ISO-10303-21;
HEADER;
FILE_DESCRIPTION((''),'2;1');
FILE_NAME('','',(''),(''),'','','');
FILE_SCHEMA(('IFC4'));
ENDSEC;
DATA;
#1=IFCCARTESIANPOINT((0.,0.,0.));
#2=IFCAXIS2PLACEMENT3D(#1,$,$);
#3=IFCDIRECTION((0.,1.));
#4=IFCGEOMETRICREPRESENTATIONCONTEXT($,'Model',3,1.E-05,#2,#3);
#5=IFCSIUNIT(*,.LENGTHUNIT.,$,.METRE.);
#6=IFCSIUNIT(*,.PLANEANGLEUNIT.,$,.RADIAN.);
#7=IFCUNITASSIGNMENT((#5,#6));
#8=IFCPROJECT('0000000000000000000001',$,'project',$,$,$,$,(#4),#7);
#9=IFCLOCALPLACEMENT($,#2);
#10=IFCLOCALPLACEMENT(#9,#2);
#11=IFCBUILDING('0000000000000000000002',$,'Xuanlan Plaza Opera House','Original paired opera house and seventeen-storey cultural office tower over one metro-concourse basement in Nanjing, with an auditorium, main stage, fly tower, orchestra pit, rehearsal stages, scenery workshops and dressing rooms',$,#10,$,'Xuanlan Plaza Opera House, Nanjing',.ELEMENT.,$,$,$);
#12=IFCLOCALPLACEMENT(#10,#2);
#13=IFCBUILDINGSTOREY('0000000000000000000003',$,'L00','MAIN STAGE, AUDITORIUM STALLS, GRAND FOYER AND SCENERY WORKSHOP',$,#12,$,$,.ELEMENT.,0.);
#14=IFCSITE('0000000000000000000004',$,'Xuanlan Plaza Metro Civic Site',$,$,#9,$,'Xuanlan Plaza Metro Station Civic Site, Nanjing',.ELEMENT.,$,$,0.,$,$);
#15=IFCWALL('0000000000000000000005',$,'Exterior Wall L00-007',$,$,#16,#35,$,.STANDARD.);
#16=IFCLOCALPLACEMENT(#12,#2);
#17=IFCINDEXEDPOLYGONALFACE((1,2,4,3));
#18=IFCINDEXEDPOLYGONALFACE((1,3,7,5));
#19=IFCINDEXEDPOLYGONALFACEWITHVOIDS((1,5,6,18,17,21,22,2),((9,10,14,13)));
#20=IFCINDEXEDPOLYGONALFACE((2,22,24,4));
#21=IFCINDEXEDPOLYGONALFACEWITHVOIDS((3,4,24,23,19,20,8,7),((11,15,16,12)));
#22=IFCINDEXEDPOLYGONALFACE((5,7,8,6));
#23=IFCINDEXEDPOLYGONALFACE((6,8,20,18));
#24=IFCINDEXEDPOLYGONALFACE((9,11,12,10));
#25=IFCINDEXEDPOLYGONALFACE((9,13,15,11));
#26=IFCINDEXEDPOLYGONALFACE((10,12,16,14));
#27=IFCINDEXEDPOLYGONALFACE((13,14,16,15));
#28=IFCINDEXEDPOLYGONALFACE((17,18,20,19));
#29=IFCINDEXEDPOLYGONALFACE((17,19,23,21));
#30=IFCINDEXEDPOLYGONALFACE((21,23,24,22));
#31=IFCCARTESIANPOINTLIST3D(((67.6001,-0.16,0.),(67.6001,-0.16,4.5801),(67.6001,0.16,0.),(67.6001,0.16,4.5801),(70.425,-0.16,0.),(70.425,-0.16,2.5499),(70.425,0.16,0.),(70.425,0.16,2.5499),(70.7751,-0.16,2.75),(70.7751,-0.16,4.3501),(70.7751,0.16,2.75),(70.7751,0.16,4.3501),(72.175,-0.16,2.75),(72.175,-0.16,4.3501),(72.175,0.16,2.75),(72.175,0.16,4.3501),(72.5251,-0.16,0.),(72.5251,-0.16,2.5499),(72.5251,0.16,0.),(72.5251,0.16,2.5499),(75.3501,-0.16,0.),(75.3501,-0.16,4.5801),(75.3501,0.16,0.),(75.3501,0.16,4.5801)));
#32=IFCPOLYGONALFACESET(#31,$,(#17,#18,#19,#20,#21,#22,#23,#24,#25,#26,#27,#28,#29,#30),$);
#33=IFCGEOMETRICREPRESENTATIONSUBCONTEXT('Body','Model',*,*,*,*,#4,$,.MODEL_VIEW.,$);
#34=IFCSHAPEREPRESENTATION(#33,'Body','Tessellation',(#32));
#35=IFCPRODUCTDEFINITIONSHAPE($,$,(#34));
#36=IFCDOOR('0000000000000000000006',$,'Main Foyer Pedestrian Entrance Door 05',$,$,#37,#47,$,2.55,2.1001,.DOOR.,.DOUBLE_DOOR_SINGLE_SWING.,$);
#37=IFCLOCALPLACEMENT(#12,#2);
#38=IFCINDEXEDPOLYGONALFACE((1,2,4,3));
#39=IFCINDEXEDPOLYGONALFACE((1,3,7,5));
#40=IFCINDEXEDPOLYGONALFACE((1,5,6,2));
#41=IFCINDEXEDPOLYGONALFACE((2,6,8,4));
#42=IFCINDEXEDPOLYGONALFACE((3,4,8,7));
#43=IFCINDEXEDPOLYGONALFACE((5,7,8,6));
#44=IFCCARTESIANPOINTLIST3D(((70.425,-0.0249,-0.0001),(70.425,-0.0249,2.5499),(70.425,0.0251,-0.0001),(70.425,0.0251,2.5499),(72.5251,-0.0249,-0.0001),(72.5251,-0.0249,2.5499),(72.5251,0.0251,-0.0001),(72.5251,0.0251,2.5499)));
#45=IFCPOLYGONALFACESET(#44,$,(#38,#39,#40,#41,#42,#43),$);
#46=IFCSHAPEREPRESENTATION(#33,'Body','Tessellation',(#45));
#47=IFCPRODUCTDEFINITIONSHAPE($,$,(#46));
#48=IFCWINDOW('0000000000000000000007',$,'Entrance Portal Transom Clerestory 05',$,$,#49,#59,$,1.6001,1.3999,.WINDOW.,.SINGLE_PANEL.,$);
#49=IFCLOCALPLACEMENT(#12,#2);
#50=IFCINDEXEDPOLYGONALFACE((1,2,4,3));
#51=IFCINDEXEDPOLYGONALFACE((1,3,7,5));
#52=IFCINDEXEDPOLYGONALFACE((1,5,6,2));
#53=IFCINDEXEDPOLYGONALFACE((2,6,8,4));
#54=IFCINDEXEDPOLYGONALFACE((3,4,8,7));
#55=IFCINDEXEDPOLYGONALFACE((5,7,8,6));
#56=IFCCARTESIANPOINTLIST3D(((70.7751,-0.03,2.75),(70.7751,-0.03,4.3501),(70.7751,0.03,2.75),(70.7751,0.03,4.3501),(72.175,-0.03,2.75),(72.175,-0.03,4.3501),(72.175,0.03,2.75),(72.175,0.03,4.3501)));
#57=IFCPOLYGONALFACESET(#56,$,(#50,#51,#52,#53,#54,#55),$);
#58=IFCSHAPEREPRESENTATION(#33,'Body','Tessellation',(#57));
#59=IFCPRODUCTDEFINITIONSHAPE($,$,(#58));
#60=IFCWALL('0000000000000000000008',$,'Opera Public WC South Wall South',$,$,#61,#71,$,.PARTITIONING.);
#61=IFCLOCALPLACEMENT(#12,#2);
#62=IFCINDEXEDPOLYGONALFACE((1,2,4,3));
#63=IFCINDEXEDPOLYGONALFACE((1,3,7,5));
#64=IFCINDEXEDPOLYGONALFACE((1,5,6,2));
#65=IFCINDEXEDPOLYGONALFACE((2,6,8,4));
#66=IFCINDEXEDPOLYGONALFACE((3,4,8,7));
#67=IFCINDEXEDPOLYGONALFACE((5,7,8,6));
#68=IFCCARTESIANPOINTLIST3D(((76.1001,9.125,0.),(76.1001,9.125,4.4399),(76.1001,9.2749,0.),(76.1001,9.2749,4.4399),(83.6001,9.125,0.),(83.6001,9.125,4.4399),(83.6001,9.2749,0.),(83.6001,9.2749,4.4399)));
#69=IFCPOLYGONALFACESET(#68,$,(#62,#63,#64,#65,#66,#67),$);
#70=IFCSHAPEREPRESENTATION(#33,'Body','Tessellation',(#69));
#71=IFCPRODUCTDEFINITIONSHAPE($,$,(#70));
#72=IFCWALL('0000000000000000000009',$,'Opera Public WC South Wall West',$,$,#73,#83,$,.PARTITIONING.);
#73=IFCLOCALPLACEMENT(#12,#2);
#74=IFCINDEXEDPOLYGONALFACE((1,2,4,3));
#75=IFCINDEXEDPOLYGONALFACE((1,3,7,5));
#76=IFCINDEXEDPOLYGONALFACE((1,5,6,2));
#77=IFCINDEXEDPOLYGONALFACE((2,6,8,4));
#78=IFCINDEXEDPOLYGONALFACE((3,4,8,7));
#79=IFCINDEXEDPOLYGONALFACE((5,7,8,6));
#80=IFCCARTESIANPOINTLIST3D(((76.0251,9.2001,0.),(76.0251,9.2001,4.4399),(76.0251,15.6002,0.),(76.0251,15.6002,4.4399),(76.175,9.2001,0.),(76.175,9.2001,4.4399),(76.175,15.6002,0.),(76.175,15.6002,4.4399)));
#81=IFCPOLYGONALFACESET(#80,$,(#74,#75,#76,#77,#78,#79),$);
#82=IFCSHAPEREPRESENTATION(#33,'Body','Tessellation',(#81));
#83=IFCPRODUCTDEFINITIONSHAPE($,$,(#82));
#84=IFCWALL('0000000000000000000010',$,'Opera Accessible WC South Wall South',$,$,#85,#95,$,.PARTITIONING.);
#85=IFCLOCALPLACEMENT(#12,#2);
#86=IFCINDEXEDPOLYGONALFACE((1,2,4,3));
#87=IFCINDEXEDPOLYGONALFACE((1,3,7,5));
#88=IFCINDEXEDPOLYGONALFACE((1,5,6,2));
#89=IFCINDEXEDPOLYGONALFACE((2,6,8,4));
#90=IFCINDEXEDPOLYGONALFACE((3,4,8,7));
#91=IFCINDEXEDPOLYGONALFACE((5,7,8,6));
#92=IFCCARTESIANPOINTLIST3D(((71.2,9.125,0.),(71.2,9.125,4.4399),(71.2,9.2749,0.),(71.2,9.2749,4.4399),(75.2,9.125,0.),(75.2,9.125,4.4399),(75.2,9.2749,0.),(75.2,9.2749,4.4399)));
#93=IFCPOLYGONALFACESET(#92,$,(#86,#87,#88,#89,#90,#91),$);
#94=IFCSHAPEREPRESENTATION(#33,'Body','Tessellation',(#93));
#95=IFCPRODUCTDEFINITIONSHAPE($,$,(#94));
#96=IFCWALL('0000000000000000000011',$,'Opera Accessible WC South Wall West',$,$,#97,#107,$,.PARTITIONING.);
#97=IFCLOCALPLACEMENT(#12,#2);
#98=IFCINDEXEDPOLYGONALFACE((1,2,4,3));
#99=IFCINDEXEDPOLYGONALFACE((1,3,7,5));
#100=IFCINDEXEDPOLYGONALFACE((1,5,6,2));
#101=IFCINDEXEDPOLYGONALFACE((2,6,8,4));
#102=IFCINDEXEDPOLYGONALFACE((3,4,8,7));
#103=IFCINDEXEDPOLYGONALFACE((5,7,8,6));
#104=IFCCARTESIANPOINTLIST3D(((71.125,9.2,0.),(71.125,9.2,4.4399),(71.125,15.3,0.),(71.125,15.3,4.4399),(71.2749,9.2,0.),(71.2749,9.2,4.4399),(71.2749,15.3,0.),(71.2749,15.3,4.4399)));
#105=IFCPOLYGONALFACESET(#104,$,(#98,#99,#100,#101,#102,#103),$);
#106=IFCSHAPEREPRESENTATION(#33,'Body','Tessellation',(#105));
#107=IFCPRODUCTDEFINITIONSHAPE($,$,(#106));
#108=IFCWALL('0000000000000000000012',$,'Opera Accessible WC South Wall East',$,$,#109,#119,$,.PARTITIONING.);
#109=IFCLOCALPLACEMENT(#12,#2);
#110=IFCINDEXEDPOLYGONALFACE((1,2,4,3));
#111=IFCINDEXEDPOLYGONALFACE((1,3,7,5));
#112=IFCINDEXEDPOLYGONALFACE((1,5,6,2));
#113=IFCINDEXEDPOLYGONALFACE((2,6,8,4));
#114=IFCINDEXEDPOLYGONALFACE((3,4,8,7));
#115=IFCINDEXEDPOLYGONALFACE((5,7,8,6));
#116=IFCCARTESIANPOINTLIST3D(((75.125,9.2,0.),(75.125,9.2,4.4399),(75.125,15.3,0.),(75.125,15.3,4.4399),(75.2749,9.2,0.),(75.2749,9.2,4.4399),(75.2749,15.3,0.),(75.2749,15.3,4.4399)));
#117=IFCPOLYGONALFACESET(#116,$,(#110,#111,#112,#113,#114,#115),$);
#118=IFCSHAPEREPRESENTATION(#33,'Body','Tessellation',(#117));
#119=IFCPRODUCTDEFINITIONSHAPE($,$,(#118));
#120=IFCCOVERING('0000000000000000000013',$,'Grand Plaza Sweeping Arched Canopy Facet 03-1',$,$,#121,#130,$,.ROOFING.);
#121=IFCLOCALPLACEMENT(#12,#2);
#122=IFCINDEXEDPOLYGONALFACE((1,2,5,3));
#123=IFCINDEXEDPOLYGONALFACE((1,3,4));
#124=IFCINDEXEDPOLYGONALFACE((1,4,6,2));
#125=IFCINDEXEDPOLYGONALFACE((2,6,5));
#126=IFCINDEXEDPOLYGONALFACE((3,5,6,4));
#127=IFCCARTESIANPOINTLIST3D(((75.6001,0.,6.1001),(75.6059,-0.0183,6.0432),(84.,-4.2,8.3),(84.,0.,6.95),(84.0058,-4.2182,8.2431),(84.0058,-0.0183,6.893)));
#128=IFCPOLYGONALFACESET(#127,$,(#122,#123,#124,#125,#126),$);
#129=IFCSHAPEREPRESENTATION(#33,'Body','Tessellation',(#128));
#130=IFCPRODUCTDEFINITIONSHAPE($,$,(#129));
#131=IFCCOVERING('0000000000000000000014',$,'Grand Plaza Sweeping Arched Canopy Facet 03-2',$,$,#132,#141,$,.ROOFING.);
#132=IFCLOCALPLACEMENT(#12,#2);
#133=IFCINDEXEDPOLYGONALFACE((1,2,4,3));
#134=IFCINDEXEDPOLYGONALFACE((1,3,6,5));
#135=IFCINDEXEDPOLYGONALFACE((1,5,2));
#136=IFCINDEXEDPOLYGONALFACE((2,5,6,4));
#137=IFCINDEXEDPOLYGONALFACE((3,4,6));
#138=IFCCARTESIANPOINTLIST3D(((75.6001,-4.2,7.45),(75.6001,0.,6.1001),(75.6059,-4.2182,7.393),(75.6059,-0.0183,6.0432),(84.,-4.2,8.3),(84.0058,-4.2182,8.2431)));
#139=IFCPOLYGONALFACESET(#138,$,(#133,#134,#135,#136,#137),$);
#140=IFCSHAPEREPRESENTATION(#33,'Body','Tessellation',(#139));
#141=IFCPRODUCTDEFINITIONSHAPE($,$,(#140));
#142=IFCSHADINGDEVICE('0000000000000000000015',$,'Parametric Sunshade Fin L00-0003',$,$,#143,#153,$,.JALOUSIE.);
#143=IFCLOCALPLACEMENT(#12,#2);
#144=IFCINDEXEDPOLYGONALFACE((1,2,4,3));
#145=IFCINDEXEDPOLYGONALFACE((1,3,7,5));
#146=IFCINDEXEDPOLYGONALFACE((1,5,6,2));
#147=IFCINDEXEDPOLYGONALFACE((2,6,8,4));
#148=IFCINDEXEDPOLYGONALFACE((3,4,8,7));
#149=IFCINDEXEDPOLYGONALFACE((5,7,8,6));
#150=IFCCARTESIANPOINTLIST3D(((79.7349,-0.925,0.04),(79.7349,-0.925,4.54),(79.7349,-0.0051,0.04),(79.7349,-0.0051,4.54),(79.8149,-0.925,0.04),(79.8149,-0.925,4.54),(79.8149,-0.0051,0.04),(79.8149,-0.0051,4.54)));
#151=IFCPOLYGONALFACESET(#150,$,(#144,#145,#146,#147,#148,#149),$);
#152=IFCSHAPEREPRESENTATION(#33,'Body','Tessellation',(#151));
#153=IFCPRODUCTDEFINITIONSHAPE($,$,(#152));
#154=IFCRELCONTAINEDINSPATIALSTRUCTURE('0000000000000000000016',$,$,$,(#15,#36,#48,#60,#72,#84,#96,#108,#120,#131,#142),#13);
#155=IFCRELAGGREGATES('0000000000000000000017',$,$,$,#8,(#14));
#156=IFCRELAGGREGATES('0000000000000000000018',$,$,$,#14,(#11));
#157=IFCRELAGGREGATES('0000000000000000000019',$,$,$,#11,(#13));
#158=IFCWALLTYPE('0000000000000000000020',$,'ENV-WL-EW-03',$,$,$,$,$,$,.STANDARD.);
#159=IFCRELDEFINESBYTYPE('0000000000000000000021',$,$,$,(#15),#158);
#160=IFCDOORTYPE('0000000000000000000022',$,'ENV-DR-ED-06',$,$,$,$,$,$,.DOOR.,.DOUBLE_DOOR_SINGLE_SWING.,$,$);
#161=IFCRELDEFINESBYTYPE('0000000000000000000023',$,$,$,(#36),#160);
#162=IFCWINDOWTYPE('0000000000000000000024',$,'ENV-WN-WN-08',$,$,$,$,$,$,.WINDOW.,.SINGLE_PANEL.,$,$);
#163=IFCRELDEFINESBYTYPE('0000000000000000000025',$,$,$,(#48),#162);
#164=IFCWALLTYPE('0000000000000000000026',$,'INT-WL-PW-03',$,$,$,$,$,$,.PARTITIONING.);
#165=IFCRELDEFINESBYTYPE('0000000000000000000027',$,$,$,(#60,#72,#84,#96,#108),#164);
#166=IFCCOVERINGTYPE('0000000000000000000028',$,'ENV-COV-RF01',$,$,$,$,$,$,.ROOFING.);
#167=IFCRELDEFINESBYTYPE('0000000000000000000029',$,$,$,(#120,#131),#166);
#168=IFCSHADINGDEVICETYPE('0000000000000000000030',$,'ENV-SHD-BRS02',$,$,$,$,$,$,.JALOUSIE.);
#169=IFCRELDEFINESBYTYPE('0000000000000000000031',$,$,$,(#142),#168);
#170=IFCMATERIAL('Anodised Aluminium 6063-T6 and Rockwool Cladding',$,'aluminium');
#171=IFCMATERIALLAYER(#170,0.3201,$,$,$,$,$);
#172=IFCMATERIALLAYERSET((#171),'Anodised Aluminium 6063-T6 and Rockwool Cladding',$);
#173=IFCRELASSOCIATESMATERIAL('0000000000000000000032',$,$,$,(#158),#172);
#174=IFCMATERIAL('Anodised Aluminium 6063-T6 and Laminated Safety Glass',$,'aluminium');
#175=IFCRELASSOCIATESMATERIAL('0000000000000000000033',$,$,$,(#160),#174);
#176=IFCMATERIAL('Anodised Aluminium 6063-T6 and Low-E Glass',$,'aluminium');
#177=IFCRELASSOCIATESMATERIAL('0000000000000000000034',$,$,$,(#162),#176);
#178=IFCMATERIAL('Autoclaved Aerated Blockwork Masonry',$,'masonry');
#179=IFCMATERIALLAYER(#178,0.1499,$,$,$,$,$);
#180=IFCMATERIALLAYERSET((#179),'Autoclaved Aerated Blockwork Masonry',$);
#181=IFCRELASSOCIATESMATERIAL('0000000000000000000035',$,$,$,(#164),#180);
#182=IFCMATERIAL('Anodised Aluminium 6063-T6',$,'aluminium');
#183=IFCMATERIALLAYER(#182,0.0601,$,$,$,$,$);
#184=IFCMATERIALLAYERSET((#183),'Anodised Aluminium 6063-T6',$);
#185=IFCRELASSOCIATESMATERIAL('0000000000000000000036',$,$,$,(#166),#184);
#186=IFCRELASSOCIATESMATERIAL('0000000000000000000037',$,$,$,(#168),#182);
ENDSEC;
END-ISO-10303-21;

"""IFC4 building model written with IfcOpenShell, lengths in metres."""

from ifc_helpers import new_model, si_unit, direction, frame, frame_2d, origin, origin_2d, place, context, subcontext, project, spatial, polyline, rectangle, outline, extrude, material, layer, layer_set, type_object, element, fill, save


model = new_model("IFC4")

# Units and contexts
model_context = context("Model", 3, precision=1e-05, world=origin(), true_north=direction((0.0, 1.0)))
body_context = subcontext(model_context, "Body", "Model", "MODEL_VIEW")
ifc_project = project(units=[si_unit("LENGTHUNIT", "METRE"), si_unit("PLANEANGLEUNIT", "RADIAN")], contexts=[model_context])

# Site, building, storey
site_placement = place(None, origin())
site = spatial("IfcSite", under=ifc_project, at=site_placement, Name="Xuanlan Plaza Metro Civic Site", LongName="Xuanlan Plaza Metro Station Civic Site, Nanjing", CompositionType="ELEMENT", RefElevation=0.0)
building_placement = place(site_placement, origin())
building = spatial("IfcBuilding", under=site, at=building_placement, Name="Xuanlan Plaza Opera House", Description="Original paired opera house and seventeen-storey cultural office tower over one metro-concourse basement in Nanjing, with an auditorium, main stage, fly tower, orchestra pit, rehearsal stages, scenery workshops and dressing rooms", LongName="Xuanlan Plaza Opera House, Nanjing", CompositionType="ELEMENT")
storey_placement = place(building_placement, origin())
storey = spatial("IfcBuildingStorey", under=building, at=storey_placement, Name="L00", Description="MAIN STAGE, AUDITORIUM STALLS, GRAND FOYER AND SCENERY WORKSHOP", CompositionType="ELEMENT", Elevation=0.0)

# Shared definitions
ifc_material_1 = material(Name="Anodised Aluminium 6063-T6 and Low-E Glass", Category="aluminium")
ifc_material_2 = material(Name="Anodised Aluminium 6063-T6", Category="aluminium")

# Wall, openings, door, window
ifc_material_3 = material(Name="Anodised Aluminium 6063-T6 and Rockwool Cladding", Category="aluminium")
ifc_layer_1 = layer(ifc_material_3, 0.3201)
ifc_layer_set_1 = layer_set([ifc_layer_1], Name="Anodised Aluminium 6063-T6 and Rockwool Cladding")
wall_type_1 = type_object("IfcWallType", Name="ENV-WL-EW-03", PredefinedType="STANDARD", material=ifc_layer_set_1)
wall_1_placement = place(storey_placement, frame((67.6001, 0.0, 0.0), z_axis=(0.0, 0.0, 1.0), x_axis=(1.0, 0.0, 0.0)))
wall_1 = element("IfcWall", 1, at=wall_1_placement, inside=storey, type_object=wall_type_1, Name="Exterior Wall L00-007", PredefinedType="STANDARD", context=body_context, shape_type="SweptSolid", body=[
    extrude(rectangle(XDim=7.75, YDim=0.3201, at=frame_2d((3.875, 0.0))), origin(), (0.0, 0.0, 1.0), 4.5801),
])
opening_1_placement = place(wall_1_placement, frame((2.825, 0.0, 0.0)))
opening_1 = element("IfcOpeningElement", 2, at=opening_1_placement, cuts=wall_1, PredefinedType="OPENING", context=body_context, shape_type="SweptSolid", body=[
    extrude(rectangle(XDim=2.1001, YDim=2.55, at=frame_2d((1.05, 1.2749))), frame((0.0, 0.1699, 0.0), z_axis=(0.0, -1.0, 0.0), x_axis=(1.0, 0.0, 0.0)), (0.0, 0.0, 1.0), 0.3401),
])
opening_2_placement = place(wall_1_placement, frame((3.175, 0.0, 2.75)))
opening_2 = element("IfcOpeningElement", 3, at=opening_2_placement, cuts=wall_1, PredefinedType="OPENING", context=body_context, shape_type="SweptSolid", body=[
    extrude(rectangle(XDim=1.3999, YDim=1.6001, at=frame_2d((0.7, 0.8))), frame((0.0, 0.1699, 0.0), z_axis=(0.0, -1.0, 0.0), x_axis=(1.0, 0.0, 0.0)), (0.0, 0.0, 1.0), 0.3401),
])
ifc_material_4 = material(Name="Anodised Aluminium 6063-T6 and Laminated Safety Glass", Category="aluminium")
door_type = type_object("IfcDoorType", Name="ENV-DR-ED-06", OperationType="DOUBLE_DOOR_SINGLE_SWING", PredefinedType="DOOR", material=ifc_material_4)
door_placement = place(opening_1_placement, frame((2.1001, 0.0, 0.0), z_axis=(0.0, 0.0, 1.0), x_axis=(-1.0, 0.0, 0.0)))
door = element("IfcDoor", 4, at=door_placement, inside=storey, type_object=door_type, Name="Main Foyer Pedestrian Entrance Door 05", OperationType="DOUBLE_DOOR_SINGLE_SWING", OverallHeight=2.55, OverallWidth=2.1001, PredefinedType="DOOR", context=body_context, shape_type="SweptSolid", body=[
    extrude(rectangle(XDim=2.1001, YDim=2.55, at=frame_2d((1.05, 1.2749))), frame((0.0, 0.0249, 0.0), z_axis=(0.0, -1.0, 0.0), x_axis=(1.0, 0.0, 0.0)), (0.0, 0.0, 1.0), 0.05),
])
fill(opening_1, door)
window_type = type_object("IfcWindowType", Name="ENV-WN-WN-08", PartitioningType="SINGLE_PANEL", PredefinedType="WINDOW", material=ifc_material_1)
window_placement = place(opening_2_placement, origin())
window = element("IfcWindow", 5, at=window_placement, inside=storey, type_object=window_type, Name="Entrance Portal Transom Clerestory 05", OverallHeight=1.6001, OverallWidth=1.3999, PartitioningType="SINGLE_PANEL", PredefinedType="WINDOW", context=body_context, shape_type="SweptSolid", body=[
    extrude(rectangle(XDim=1.3999, YDim=1.6001, at=frame_2d((0.7, 0.8))), frame((0.0, 0.03, 0.0), z_axis=(0.0, -1.0, 0.0), x_axis=(1.0, 0.0, 0.0)), (0.0, 0.0, 1.0), 0.0601),
])
fill(opening_2, window)

# Walls
ifc_material_5 = material(Name="Autoclaved Aerated Blockwork Masonry", Category="masonry")
ifc_layer_2 = layer(ifc_material_5, 0.1499)
ifc_layer_set_2 = layer_set([ifc_layer_2], Name="Autoclaved Aerated Blockwork Masonry")
wall_type_2 = type_object("IfcWallType", Name="INT-WL-PW-03", PredefinedType="PARTITIONING", material=ifc_layer_set_2)
wall_2_placement = place(storey_placement, frame((76.1001, 9.2, 0.0), z_axis=(0.0, 0.0, 1.0), x_axis=(1.0, 0.0, 0.0)))
element("IfcWall", 6, at=wall_2_placement, inside=storey, type_object=wall_type_2, Name="Opera Public WC South Wall South", PredefinedType="PARTITIONING", context=body_context, shape_type="SweptSolid", body=[
    extrude(rectangle(XDim=7.5, YDim=0.1499, at=frame_2d((3.75, 0.0))), origin(), (0.0, 0.0, 1.0), 4.4399),
])
wall_3_placement = place(storey_placement, frame((76.1001, 9.2, 0.0), z_axis=(0.0, 0.0, 1.0), x_axis=(0.0, 1.0, 0.0)))
element("IfcWall", 7, at=wall_3_placement, inside=storey, type_object=wall_type_2, Name="Opera Public WC South Wall West", PredefinedType="PARTITIONING", context=body_context, shape_type="SweptSolid", body=[
    extrude(rectangle(XDim=6.4001, YDim=0.1499, at=frame_2d((3.2002, 0.0))), origin(), (0.0, 0.0, 1.0), 4.4399),
])
wall_4_placement = place(storey_placement, frame((71.2, 9.2, 0.0), z_axis=(0.0, 0.0, 1.0), x_axis=(1.0, 0.0, 0.0)))
element("IfcWall", 8, at=wall_4_placement, inside=storey, type_object=wall_type_2, Name="Opera Accessible WC South Wall South", PredefinedType="PARTITIONING", context=body_context, shape_type="SweptSolid", body=[
    extrude(rectangle(XDim=4.0, YDim=0.1499, at=frame_2d((2.0, 0.0))), origin(), (0.0, 0.0, 1.0), 4.4399),
])
for number, where, z_axis, x_axis, name in (
    (9, (71.2, 9.2, 0.0), (0.0, 0.0, 1.0), (0.0, 1.0, 0.0), "Opera Accessible WC South Wall West"),
    (10, (75.2, 9.2, 0.0), (0.0, 0.0, 1.0), (0.0, 1.0, 0.0), "Opera Accessible WC South Wall East"),
):
    element("IfcWall", number, at=place(storey_placement, frame(where, z_axis=z_axis, x_axis=x_axis)), inside=storey, type_object=wall_type_2, Name=name, PredefinedType="PARTITIONING", context=body_context, shape_type="SweptSolid", body=[
        extrude(rectangle(XDim=6.1001, YDim=0.1499, at=frame_2d((3.05, 0.0))), origin(), (0.0, 0.0, 1.0), 4.4399),
    ])

# Coverings
ifc_layer_3 = layer(ifc_material_2, 0.0601)
ifc_layer_set_3 = layer_set([ifc_layer_3], Name="Anodised Aluminium 6063-T6")
covering_type = type_object("IfcCoveringType", Name="ENV-COV-RF01", PredefinedType="ROOFING", material=ifc_layer_set_3)
covering_1_placement = place(storey_placement, frame((75.6001, 0.0, 6.1001), z_axis=(-0.095876, 0.304623, 0.947635), x_axis=(0.994921, 0.0, 0.10066)))
element("IfcCovering", 11, at=covering_1_placement, inside=storey, type_object=covering_type, Name="Grand Plaza Sweeping Arched Canopy Facet 03-1", PredefinedType="ROOFING", context=body_context, shape_type="SweptSolid", body=[
    extrude(outline(polyline([(0.0, 0.0), (8.4428, 0.0), (8.5787, -4.4095), (0.0, 0.0)])), origin(), (0.0, 0.0, -1.0), 0.0601),
])
covering_2_placement = place(storey_placement, frame((75.6001, 0.0, 6.1001), z_axis=(-0.095905, 0.304572, 0.947649), x_axis=(0.870853, -0.435426, 0.228078)))
element("IfcCovering", 12, at=covering_2_placement, inside=storey, type_object=covering_type, Name="Grand Plaza Sweeping Arched Canopy Facet 03-2", PredefinedType="ROOFING", context=body_context, shape_type="SweptSolid", body=[
    extrude(outline(polyline([(0.0, 0.0), (9.6456, 0.0), (2.1366, -3.8596), (0.0, 0.0)])), origin(), (0.0, 0.0, -1.0), 0.0601),
])

# Shading device
shading_device_type = type_object("IfcShadingDeviceType", Name="ENV-SHD-BRS02", PredefinedType="JALOUSIE", material=ifc_material_2)
shading_device_placement = place(storey_placement, frame((79.7749, -0.4651, 0.04), z_axis=(0.0, 0.0, 1.0), x_axis=(0.0, -1.0, 0.0)))
element("IfcShadingDevice", 13, at=shading_device_placement, inside=storey, type_object=shading_device_type, Name="Parametric Sunshade Fin L00-0003", PredefinedType="JALOUSIE", context=body_context, shape_type="SweptSolid", body=[
    extrude(rectangle(XDim=0.9199, YDim=0.0801, at=origin_2d()), origin(), (0.0, 0.0, 1.0), 4.5),
])

save(model, "model.ifc")
